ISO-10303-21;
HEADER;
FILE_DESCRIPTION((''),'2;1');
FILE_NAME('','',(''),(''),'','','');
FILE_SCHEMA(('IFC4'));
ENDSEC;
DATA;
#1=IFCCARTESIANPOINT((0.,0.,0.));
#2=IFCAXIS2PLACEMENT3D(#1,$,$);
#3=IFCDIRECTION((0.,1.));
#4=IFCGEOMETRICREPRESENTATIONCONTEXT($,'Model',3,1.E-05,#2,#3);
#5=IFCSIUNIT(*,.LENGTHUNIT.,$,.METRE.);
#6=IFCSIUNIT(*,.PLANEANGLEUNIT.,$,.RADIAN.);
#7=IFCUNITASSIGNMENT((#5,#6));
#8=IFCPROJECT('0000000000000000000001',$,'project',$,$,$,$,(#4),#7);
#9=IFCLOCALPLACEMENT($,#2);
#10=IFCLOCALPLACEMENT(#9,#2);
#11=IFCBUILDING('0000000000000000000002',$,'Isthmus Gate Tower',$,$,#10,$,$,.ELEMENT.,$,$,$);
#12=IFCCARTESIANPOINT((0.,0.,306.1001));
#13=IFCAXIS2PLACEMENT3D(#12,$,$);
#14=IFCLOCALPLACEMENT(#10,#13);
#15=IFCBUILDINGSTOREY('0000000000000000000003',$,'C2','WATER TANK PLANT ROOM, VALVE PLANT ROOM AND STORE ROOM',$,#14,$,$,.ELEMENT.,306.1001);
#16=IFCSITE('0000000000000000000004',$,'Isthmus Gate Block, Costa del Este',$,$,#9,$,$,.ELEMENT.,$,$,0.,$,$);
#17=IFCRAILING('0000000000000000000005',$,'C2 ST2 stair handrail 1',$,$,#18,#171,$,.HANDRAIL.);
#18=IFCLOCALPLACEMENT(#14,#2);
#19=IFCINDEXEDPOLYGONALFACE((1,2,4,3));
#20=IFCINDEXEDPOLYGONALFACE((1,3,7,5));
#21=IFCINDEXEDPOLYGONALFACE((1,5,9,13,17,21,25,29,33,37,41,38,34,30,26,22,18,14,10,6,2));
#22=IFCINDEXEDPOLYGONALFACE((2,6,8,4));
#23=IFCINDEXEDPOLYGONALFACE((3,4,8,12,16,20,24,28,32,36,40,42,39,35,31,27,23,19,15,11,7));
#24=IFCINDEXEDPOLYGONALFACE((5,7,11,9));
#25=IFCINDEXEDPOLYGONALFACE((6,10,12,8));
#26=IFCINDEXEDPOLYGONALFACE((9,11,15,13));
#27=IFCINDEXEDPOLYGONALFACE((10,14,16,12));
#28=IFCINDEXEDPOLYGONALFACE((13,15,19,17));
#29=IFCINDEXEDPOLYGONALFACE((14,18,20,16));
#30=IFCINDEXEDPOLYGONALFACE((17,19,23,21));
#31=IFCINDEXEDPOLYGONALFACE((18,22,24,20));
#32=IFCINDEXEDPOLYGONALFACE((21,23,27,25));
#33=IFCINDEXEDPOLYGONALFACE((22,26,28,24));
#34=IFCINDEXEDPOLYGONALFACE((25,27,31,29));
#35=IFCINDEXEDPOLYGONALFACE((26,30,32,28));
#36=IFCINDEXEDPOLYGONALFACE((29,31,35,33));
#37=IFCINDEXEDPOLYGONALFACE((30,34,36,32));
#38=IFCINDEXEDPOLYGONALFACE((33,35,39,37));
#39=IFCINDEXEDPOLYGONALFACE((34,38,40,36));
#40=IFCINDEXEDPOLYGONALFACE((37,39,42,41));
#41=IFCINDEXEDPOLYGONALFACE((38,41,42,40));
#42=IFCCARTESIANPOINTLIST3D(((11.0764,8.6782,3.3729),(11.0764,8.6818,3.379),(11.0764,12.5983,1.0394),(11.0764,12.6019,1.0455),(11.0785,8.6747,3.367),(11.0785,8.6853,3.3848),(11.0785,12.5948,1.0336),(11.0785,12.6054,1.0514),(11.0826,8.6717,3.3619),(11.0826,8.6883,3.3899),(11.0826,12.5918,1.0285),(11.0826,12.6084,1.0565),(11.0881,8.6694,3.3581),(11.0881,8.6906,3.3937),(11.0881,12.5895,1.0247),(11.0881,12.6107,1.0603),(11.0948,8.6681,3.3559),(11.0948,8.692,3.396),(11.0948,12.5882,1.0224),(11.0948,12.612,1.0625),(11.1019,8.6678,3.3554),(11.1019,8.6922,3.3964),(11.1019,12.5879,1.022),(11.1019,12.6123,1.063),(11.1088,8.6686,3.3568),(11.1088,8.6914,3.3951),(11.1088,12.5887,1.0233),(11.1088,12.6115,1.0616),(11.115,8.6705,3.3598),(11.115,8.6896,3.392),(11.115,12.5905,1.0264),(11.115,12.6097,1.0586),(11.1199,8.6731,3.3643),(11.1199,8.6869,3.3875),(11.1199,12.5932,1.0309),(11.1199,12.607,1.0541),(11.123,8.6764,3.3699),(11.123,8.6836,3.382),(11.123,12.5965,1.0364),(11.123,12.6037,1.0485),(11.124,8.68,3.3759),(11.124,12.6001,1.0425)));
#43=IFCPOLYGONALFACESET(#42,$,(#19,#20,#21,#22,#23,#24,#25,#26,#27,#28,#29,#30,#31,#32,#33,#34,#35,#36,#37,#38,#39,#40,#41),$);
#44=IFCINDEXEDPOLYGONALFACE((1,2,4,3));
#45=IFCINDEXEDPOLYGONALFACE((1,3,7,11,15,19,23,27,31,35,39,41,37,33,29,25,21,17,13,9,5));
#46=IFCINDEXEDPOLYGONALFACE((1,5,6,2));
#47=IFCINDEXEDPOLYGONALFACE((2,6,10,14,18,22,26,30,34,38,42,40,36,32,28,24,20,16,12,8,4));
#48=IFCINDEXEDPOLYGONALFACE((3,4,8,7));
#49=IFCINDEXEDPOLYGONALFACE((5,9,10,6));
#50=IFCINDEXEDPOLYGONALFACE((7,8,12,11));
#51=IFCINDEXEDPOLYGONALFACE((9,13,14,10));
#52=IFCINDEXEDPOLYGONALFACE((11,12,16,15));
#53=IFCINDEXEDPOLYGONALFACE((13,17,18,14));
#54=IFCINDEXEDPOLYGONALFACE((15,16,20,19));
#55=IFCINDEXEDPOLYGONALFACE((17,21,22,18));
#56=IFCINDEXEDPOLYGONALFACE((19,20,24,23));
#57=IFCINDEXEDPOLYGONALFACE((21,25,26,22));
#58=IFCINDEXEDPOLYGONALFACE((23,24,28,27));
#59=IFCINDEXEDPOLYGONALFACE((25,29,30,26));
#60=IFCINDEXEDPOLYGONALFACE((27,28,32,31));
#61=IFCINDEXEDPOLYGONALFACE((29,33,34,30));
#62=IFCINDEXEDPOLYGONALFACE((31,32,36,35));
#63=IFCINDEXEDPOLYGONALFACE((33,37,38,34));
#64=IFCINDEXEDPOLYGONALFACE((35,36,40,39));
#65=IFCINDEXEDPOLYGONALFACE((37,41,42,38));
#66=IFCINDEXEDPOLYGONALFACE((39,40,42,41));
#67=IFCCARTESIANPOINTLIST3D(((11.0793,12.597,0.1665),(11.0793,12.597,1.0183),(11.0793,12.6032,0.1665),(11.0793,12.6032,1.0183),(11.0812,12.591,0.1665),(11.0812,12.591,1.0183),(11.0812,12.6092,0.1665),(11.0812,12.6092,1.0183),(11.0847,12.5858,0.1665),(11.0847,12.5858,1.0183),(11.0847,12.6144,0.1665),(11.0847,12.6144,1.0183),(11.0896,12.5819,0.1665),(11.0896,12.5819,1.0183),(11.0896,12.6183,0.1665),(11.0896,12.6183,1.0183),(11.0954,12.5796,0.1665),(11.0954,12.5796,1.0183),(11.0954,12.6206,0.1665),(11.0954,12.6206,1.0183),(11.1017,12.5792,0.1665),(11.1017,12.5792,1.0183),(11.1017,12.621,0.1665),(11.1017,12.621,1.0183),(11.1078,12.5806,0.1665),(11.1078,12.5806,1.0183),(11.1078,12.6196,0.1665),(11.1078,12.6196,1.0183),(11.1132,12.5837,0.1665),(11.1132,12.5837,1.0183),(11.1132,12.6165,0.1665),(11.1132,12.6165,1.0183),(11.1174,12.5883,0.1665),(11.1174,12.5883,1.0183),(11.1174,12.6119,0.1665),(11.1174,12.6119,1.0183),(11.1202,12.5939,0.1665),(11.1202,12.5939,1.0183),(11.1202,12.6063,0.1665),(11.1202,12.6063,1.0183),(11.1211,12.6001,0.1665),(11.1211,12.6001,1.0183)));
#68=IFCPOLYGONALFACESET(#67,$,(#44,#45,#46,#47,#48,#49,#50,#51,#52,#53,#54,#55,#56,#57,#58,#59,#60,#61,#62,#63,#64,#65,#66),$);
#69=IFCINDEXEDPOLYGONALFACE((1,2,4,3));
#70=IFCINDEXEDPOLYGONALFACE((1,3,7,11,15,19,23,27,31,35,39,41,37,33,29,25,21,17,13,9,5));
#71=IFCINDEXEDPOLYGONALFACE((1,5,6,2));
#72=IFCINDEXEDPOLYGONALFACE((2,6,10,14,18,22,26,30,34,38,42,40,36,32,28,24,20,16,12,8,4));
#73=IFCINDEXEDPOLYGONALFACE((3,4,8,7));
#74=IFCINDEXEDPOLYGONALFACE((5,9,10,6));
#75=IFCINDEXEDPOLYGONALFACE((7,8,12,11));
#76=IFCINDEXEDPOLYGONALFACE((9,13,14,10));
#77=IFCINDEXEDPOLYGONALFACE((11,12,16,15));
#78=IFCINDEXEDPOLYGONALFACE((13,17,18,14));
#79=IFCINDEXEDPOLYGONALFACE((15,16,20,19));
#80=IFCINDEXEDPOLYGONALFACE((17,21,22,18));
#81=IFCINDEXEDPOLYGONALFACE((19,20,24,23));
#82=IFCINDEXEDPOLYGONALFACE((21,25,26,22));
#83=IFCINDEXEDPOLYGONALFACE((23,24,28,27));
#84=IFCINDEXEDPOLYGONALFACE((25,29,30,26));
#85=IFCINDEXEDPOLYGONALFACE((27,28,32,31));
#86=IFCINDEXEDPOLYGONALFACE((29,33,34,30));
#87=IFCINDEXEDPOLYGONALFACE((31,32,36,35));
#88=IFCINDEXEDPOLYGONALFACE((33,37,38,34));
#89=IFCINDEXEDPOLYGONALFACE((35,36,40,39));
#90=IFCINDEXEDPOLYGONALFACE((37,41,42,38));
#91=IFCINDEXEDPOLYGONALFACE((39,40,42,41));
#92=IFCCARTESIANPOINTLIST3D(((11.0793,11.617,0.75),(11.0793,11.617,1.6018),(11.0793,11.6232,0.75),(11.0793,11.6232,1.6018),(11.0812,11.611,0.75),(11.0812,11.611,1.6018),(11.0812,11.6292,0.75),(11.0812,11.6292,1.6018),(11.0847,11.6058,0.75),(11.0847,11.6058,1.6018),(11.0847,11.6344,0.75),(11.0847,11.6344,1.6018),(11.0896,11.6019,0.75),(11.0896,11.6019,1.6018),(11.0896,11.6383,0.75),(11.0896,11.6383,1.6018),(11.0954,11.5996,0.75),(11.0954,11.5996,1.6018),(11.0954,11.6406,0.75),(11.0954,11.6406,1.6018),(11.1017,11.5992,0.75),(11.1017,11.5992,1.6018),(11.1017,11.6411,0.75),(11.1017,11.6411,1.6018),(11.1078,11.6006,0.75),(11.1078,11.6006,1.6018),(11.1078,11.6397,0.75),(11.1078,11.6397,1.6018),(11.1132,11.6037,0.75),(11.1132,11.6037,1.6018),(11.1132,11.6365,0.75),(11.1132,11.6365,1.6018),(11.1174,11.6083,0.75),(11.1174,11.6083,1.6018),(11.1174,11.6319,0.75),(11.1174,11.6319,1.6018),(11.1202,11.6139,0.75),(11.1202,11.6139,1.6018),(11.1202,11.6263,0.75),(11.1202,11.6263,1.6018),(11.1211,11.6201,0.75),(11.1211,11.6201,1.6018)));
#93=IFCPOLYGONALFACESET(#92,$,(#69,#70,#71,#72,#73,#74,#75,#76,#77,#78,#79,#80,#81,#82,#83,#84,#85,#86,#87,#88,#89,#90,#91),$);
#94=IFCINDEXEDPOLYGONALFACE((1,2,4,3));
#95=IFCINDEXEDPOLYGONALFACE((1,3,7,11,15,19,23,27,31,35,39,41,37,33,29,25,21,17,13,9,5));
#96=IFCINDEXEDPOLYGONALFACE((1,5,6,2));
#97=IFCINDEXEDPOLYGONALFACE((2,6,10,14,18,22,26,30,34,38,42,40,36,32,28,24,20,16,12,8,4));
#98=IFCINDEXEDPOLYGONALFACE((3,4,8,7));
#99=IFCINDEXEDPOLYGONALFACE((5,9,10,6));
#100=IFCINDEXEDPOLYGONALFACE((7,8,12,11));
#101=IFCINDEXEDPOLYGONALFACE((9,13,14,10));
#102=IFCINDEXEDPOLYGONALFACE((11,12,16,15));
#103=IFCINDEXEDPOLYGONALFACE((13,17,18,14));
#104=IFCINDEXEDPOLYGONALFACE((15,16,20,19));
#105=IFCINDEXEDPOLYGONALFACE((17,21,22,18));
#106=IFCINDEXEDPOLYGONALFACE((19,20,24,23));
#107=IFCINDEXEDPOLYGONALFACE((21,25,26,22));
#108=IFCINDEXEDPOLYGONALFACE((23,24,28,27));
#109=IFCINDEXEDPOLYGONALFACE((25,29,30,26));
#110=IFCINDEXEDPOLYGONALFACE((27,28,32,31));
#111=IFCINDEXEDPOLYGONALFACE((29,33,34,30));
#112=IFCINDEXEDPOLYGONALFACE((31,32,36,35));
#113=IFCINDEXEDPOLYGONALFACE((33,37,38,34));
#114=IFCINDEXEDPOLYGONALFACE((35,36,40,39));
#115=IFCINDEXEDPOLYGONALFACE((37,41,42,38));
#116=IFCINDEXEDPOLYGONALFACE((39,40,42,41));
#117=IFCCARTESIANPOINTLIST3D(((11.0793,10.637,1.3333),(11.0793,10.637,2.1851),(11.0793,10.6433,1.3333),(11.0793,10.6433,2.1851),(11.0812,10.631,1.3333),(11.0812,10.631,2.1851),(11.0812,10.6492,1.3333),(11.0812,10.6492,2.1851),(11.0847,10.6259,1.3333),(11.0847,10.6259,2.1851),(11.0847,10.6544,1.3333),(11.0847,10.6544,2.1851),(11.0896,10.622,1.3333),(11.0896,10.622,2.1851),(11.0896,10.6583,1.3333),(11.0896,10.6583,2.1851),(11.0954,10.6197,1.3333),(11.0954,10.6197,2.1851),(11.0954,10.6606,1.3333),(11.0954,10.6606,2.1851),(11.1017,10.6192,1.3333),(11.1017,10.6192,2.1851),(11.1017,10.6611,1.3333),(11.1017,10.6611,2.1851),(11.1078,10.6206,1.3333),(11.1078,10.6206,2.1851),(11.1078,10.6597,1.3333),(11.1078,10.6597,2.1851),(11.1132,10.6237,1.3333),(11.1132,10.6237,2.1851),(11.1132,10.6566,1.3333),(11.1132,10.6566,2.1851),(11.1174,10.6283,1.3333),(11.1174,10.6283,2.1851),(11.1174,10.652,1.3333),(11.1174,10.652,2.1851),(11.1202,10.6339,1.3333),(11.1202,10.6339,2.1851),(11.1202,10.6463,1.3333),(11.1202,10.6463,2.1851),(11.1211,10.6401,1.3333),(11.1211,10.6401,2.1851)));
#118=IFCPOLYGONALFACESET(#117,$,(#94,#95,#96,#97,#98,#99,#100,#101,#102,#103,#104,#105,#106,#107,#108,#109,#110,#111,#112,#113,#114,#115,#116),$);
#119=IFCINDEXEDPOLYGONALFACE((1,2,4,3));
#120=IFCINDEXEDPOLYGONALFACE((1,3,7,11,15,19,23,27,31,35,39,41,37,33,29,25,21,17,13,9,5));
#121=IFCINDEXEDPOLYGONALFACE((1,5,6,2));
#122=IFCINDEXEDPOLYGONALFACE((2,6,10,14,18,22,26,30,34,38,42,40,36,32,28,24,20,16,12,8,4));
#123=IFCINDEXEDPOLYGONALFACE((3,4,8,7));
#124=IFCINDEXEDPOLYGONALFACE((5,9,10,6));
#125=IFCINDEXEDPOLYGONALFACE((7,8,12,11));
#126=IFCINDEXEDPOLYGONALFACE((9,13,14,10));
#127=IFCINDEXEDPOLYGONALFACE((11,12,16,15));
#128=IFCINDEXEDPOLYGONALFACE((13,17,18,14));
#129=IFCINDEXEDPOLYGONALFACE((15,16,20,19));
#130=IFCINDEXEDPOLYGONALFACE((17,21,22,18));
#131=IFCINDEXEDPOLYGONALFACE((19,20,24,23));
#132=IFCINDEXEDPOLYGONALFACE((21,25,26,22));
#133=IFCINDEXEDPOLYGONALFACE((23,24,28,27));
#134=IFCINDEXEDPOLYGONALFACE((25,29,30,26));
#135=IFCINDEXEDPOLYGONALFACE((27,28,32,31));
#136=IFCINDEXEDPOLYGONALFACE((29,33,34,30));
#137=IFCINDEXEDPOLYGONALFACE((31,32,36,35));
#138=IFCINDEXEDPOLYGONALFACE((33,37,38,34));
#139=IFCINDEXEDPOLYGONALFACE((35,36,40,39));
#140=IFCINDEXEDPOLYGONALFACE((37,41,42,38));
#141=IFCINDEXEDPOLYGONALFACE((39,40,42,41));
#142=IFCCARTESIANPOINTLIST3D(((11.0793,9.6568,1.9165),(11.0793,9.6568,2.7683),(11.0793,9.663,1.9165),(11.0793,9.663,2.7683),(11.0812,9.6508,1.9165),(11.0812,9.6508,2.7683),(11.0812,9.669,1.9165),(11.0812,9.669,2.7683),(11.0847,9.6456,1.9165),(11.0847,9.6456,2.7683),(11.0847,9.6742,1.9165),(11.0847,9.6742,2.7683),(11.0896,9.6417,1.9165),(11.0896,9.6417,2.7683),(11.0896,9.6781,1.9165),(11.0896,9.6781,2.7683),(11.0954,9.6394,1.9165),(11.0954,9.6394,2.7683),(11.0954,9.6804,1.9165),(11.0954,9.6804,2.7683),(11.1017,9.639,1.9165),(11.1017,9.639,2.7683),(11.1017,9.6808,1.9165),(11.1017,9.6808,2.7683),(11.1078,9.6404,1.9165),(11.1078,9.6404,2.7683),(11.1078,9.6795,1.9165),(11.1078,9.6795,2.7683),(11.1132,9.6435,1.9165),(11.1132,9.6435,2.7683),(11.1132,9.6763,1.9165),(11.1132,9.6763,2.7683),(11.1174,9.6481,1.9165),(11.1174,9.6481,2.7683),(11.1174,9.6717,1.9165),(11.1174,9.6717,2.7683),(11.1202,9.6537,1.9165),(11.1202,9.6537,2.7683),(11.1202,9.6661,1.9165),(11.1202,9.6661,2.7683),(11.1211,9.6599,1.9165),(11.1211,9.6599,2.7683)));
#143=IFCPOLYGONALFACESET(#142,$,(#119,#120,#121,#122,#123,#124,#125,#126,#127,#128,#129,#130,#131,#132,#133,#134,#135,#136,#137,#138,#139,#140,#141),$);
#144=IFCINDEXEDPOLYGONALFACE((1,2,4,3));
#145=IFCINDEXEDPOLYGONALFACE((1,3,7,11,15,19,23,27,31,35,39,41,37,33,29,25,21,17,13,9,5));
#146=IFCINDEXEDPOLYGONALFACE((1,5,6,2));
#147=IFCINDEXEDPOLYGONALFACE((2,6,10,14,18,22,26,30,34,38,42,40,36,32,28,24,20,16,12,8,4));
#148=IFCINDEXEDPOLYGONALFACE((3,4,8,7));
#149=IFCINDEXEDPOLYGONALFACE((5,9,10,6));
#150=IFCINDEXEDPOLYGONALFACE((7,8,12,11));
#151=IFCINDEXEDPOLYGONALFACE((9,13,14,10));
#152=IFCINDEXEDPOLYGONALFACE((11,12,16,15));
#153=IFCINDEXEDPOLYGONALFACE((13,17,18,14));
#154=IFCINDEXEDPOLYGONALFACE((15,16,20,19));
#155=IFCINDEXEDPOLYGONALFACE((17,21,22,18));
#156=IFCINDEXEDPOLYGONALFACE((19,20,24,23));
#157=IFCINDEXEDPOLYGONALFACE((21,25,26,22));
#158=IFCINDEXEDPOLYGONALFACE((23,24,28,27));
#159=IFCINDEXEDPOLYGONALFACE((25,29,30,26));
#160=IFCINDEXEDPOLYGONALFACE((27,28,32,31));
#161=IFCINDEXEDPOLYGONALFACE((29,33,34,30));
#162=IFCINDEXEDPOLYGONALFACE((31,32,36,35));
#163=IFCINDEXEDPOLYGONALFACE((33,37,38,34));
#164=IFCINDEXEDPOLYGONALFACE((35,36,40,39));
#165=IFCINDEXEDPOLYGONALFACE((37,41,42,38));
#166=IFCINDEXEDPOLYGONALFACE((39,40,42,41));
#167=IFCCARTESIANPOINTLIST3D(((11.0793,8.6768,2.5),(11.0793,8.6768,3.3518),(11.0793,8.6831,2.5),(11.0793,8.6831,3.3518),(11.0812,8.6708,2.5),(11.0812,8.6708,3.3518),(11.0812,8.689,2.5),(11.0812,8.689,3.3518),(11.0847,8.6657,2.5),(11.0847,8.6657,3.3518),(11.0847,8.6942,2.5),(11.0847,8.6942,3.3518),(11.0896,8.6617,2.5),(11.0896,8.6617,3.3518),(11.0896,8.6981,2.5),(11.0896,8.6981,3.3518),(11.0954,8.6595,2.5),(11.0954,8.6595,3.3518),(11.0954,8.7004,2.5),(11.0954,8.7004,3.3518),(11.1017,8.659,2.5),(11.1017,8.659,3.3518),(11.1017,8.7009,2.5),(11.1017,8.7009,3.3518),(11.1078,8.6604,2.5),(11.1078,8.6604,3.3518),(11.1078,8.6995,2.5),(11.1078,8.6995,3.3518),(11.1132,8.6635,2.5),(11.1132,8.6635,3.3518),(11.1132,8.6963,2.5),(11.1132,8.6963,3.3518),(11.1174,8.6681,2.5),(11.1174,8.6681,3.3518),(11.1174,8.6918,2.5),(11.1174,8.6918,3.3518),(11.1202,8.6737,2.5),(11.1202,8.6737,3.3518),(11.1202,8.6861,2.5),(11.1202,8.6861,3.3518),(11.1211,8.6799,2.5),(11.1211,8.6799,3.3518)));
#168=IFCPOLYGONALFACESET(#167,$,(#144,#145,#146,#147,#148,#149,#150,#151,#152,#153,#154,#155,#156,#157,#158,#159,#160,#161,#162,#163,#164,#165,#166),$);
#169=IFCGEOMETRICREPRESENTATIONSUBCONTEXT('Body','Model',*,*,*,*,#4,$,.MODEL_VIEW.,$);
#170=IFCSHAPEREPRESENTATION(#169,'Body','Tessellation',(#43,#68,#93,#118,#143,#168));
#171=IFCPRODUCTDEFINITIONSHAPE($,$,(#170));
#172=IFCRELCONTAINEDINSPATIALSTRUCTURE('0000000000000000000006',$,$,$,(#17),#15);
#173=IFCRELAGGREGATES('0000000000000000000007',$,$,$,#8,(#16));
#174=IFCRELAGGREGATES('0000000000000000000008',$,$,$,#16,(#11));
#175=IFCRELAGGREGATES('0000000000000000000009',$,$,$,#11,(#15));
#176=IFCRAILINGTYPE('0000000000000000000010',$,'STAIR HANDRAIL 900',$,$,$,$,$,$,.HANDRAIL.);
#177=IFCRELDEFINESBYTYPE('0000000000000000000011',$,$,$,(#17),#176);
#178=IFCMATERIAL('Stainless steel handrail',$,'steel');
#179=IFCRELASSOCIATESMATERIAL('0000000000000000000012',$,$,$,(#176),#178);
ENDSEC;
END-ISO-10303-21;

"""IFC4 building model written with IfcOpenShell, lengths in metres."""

from ifc_helpers import new_model, si_unit, direction, frame, origin, origin_2d, place, context, subcontext, project, spatial, circle, extrude, material, type_object, element, save


model = new_model("IFC4")

# Units and contexts
model_context = context("Model", 3, precision=1e-05, world=origin(), true_north=direction((0.0, 1.0)))
body_context = subcontext(model_context, "Body", "Model", "MODEL_VIEW")
ifc_project = project(units=[si_unit("LENGTHUNIT", "METRE"), si_unit("PLANEANGLEUNIT", "RADIAN")], contexts=[model_context])

# Site, building, storey
site_placement = place(None, origin())
site = spatial("IfcSite", under=ifc_project, at=site_placement, Name="Isthmus Gate Block, Costa del Este", CompositionType="ELEMENT", RefElevation=0.0)
building_placement = place(site_placement, origin())
building = spatial("IfcBuilding", under=site, at=building_placement, Name="Isthmus Gate Tower", CompositionType="ELEMENT")
storey_placement = place(building_placement, frame((0.0, 0.0, 306.1001)))
storey = spatial("IfcBuildingStorey", under=building, at=storey_placement, Name="C2", Description="WATER TANK PLANT ROOM, VALVE PLANT ROOM AND STORE ROOM", CompositionType="ELEMENT", Elevation=306.1001)

# Railing
ifc_material_1 = material(Name="Stainless steel handrail", Category="steel")
railing_type = type_object("IfcRailingType", Name="STAIR HANDRAIL 900", PredefinedType="HANDRAIL", material=ifc_material_1)
railing_placement = place(storey_placement, frame((11.1001, 12.6001, 0.1665)))
element("IfcRailing", 1, at=railing_placement, inside=storey, type_object=railing_type, Name="C2 ST2 stair handrail 1", PredefinedType="HANDRAIL", context=body_context, shape_type="SweptSolid", body=[
    extrude(circle(Radius=0.0239, at=origin_2d()), frame((0.0, 0.0, 0.876), z_axis=(0.0, -0.859287, 0.511494), x_axis=(1.0, 0.0, 0.0)), (0.0, 0.0, 1.0), 4.562),
    extrude(circle(Radius=0.021, at=origin_2d()), origin(), (0.0, 0.0, 1.0), 0.8518),
    extrude(circle(Radius=0.021, at=origin_2d()), frame((0.0, -0.98, 0.5835)), (0.0, 0.0, 1.0), 0.8518),
    extrude(circle(Radius=0.021, at=origin_2d()), frame((0.0, -1.96, 1.1667)), (0.0, 0.0, 1.0), 0.8518),
    extrude(circle(Radius=0.021, at=origin_2d()), frame((0.0, -2.9402, 1.75)), (0.0, 0.0, 1.0), 0.8518),
    extrude(circle(Radius=0.021, at=origin_2d()), frame((0.0, -3.9202, 2.3335)), (0.0, 0.0, 1.0), 0.8518),
])

save(model, "model.ifc")
